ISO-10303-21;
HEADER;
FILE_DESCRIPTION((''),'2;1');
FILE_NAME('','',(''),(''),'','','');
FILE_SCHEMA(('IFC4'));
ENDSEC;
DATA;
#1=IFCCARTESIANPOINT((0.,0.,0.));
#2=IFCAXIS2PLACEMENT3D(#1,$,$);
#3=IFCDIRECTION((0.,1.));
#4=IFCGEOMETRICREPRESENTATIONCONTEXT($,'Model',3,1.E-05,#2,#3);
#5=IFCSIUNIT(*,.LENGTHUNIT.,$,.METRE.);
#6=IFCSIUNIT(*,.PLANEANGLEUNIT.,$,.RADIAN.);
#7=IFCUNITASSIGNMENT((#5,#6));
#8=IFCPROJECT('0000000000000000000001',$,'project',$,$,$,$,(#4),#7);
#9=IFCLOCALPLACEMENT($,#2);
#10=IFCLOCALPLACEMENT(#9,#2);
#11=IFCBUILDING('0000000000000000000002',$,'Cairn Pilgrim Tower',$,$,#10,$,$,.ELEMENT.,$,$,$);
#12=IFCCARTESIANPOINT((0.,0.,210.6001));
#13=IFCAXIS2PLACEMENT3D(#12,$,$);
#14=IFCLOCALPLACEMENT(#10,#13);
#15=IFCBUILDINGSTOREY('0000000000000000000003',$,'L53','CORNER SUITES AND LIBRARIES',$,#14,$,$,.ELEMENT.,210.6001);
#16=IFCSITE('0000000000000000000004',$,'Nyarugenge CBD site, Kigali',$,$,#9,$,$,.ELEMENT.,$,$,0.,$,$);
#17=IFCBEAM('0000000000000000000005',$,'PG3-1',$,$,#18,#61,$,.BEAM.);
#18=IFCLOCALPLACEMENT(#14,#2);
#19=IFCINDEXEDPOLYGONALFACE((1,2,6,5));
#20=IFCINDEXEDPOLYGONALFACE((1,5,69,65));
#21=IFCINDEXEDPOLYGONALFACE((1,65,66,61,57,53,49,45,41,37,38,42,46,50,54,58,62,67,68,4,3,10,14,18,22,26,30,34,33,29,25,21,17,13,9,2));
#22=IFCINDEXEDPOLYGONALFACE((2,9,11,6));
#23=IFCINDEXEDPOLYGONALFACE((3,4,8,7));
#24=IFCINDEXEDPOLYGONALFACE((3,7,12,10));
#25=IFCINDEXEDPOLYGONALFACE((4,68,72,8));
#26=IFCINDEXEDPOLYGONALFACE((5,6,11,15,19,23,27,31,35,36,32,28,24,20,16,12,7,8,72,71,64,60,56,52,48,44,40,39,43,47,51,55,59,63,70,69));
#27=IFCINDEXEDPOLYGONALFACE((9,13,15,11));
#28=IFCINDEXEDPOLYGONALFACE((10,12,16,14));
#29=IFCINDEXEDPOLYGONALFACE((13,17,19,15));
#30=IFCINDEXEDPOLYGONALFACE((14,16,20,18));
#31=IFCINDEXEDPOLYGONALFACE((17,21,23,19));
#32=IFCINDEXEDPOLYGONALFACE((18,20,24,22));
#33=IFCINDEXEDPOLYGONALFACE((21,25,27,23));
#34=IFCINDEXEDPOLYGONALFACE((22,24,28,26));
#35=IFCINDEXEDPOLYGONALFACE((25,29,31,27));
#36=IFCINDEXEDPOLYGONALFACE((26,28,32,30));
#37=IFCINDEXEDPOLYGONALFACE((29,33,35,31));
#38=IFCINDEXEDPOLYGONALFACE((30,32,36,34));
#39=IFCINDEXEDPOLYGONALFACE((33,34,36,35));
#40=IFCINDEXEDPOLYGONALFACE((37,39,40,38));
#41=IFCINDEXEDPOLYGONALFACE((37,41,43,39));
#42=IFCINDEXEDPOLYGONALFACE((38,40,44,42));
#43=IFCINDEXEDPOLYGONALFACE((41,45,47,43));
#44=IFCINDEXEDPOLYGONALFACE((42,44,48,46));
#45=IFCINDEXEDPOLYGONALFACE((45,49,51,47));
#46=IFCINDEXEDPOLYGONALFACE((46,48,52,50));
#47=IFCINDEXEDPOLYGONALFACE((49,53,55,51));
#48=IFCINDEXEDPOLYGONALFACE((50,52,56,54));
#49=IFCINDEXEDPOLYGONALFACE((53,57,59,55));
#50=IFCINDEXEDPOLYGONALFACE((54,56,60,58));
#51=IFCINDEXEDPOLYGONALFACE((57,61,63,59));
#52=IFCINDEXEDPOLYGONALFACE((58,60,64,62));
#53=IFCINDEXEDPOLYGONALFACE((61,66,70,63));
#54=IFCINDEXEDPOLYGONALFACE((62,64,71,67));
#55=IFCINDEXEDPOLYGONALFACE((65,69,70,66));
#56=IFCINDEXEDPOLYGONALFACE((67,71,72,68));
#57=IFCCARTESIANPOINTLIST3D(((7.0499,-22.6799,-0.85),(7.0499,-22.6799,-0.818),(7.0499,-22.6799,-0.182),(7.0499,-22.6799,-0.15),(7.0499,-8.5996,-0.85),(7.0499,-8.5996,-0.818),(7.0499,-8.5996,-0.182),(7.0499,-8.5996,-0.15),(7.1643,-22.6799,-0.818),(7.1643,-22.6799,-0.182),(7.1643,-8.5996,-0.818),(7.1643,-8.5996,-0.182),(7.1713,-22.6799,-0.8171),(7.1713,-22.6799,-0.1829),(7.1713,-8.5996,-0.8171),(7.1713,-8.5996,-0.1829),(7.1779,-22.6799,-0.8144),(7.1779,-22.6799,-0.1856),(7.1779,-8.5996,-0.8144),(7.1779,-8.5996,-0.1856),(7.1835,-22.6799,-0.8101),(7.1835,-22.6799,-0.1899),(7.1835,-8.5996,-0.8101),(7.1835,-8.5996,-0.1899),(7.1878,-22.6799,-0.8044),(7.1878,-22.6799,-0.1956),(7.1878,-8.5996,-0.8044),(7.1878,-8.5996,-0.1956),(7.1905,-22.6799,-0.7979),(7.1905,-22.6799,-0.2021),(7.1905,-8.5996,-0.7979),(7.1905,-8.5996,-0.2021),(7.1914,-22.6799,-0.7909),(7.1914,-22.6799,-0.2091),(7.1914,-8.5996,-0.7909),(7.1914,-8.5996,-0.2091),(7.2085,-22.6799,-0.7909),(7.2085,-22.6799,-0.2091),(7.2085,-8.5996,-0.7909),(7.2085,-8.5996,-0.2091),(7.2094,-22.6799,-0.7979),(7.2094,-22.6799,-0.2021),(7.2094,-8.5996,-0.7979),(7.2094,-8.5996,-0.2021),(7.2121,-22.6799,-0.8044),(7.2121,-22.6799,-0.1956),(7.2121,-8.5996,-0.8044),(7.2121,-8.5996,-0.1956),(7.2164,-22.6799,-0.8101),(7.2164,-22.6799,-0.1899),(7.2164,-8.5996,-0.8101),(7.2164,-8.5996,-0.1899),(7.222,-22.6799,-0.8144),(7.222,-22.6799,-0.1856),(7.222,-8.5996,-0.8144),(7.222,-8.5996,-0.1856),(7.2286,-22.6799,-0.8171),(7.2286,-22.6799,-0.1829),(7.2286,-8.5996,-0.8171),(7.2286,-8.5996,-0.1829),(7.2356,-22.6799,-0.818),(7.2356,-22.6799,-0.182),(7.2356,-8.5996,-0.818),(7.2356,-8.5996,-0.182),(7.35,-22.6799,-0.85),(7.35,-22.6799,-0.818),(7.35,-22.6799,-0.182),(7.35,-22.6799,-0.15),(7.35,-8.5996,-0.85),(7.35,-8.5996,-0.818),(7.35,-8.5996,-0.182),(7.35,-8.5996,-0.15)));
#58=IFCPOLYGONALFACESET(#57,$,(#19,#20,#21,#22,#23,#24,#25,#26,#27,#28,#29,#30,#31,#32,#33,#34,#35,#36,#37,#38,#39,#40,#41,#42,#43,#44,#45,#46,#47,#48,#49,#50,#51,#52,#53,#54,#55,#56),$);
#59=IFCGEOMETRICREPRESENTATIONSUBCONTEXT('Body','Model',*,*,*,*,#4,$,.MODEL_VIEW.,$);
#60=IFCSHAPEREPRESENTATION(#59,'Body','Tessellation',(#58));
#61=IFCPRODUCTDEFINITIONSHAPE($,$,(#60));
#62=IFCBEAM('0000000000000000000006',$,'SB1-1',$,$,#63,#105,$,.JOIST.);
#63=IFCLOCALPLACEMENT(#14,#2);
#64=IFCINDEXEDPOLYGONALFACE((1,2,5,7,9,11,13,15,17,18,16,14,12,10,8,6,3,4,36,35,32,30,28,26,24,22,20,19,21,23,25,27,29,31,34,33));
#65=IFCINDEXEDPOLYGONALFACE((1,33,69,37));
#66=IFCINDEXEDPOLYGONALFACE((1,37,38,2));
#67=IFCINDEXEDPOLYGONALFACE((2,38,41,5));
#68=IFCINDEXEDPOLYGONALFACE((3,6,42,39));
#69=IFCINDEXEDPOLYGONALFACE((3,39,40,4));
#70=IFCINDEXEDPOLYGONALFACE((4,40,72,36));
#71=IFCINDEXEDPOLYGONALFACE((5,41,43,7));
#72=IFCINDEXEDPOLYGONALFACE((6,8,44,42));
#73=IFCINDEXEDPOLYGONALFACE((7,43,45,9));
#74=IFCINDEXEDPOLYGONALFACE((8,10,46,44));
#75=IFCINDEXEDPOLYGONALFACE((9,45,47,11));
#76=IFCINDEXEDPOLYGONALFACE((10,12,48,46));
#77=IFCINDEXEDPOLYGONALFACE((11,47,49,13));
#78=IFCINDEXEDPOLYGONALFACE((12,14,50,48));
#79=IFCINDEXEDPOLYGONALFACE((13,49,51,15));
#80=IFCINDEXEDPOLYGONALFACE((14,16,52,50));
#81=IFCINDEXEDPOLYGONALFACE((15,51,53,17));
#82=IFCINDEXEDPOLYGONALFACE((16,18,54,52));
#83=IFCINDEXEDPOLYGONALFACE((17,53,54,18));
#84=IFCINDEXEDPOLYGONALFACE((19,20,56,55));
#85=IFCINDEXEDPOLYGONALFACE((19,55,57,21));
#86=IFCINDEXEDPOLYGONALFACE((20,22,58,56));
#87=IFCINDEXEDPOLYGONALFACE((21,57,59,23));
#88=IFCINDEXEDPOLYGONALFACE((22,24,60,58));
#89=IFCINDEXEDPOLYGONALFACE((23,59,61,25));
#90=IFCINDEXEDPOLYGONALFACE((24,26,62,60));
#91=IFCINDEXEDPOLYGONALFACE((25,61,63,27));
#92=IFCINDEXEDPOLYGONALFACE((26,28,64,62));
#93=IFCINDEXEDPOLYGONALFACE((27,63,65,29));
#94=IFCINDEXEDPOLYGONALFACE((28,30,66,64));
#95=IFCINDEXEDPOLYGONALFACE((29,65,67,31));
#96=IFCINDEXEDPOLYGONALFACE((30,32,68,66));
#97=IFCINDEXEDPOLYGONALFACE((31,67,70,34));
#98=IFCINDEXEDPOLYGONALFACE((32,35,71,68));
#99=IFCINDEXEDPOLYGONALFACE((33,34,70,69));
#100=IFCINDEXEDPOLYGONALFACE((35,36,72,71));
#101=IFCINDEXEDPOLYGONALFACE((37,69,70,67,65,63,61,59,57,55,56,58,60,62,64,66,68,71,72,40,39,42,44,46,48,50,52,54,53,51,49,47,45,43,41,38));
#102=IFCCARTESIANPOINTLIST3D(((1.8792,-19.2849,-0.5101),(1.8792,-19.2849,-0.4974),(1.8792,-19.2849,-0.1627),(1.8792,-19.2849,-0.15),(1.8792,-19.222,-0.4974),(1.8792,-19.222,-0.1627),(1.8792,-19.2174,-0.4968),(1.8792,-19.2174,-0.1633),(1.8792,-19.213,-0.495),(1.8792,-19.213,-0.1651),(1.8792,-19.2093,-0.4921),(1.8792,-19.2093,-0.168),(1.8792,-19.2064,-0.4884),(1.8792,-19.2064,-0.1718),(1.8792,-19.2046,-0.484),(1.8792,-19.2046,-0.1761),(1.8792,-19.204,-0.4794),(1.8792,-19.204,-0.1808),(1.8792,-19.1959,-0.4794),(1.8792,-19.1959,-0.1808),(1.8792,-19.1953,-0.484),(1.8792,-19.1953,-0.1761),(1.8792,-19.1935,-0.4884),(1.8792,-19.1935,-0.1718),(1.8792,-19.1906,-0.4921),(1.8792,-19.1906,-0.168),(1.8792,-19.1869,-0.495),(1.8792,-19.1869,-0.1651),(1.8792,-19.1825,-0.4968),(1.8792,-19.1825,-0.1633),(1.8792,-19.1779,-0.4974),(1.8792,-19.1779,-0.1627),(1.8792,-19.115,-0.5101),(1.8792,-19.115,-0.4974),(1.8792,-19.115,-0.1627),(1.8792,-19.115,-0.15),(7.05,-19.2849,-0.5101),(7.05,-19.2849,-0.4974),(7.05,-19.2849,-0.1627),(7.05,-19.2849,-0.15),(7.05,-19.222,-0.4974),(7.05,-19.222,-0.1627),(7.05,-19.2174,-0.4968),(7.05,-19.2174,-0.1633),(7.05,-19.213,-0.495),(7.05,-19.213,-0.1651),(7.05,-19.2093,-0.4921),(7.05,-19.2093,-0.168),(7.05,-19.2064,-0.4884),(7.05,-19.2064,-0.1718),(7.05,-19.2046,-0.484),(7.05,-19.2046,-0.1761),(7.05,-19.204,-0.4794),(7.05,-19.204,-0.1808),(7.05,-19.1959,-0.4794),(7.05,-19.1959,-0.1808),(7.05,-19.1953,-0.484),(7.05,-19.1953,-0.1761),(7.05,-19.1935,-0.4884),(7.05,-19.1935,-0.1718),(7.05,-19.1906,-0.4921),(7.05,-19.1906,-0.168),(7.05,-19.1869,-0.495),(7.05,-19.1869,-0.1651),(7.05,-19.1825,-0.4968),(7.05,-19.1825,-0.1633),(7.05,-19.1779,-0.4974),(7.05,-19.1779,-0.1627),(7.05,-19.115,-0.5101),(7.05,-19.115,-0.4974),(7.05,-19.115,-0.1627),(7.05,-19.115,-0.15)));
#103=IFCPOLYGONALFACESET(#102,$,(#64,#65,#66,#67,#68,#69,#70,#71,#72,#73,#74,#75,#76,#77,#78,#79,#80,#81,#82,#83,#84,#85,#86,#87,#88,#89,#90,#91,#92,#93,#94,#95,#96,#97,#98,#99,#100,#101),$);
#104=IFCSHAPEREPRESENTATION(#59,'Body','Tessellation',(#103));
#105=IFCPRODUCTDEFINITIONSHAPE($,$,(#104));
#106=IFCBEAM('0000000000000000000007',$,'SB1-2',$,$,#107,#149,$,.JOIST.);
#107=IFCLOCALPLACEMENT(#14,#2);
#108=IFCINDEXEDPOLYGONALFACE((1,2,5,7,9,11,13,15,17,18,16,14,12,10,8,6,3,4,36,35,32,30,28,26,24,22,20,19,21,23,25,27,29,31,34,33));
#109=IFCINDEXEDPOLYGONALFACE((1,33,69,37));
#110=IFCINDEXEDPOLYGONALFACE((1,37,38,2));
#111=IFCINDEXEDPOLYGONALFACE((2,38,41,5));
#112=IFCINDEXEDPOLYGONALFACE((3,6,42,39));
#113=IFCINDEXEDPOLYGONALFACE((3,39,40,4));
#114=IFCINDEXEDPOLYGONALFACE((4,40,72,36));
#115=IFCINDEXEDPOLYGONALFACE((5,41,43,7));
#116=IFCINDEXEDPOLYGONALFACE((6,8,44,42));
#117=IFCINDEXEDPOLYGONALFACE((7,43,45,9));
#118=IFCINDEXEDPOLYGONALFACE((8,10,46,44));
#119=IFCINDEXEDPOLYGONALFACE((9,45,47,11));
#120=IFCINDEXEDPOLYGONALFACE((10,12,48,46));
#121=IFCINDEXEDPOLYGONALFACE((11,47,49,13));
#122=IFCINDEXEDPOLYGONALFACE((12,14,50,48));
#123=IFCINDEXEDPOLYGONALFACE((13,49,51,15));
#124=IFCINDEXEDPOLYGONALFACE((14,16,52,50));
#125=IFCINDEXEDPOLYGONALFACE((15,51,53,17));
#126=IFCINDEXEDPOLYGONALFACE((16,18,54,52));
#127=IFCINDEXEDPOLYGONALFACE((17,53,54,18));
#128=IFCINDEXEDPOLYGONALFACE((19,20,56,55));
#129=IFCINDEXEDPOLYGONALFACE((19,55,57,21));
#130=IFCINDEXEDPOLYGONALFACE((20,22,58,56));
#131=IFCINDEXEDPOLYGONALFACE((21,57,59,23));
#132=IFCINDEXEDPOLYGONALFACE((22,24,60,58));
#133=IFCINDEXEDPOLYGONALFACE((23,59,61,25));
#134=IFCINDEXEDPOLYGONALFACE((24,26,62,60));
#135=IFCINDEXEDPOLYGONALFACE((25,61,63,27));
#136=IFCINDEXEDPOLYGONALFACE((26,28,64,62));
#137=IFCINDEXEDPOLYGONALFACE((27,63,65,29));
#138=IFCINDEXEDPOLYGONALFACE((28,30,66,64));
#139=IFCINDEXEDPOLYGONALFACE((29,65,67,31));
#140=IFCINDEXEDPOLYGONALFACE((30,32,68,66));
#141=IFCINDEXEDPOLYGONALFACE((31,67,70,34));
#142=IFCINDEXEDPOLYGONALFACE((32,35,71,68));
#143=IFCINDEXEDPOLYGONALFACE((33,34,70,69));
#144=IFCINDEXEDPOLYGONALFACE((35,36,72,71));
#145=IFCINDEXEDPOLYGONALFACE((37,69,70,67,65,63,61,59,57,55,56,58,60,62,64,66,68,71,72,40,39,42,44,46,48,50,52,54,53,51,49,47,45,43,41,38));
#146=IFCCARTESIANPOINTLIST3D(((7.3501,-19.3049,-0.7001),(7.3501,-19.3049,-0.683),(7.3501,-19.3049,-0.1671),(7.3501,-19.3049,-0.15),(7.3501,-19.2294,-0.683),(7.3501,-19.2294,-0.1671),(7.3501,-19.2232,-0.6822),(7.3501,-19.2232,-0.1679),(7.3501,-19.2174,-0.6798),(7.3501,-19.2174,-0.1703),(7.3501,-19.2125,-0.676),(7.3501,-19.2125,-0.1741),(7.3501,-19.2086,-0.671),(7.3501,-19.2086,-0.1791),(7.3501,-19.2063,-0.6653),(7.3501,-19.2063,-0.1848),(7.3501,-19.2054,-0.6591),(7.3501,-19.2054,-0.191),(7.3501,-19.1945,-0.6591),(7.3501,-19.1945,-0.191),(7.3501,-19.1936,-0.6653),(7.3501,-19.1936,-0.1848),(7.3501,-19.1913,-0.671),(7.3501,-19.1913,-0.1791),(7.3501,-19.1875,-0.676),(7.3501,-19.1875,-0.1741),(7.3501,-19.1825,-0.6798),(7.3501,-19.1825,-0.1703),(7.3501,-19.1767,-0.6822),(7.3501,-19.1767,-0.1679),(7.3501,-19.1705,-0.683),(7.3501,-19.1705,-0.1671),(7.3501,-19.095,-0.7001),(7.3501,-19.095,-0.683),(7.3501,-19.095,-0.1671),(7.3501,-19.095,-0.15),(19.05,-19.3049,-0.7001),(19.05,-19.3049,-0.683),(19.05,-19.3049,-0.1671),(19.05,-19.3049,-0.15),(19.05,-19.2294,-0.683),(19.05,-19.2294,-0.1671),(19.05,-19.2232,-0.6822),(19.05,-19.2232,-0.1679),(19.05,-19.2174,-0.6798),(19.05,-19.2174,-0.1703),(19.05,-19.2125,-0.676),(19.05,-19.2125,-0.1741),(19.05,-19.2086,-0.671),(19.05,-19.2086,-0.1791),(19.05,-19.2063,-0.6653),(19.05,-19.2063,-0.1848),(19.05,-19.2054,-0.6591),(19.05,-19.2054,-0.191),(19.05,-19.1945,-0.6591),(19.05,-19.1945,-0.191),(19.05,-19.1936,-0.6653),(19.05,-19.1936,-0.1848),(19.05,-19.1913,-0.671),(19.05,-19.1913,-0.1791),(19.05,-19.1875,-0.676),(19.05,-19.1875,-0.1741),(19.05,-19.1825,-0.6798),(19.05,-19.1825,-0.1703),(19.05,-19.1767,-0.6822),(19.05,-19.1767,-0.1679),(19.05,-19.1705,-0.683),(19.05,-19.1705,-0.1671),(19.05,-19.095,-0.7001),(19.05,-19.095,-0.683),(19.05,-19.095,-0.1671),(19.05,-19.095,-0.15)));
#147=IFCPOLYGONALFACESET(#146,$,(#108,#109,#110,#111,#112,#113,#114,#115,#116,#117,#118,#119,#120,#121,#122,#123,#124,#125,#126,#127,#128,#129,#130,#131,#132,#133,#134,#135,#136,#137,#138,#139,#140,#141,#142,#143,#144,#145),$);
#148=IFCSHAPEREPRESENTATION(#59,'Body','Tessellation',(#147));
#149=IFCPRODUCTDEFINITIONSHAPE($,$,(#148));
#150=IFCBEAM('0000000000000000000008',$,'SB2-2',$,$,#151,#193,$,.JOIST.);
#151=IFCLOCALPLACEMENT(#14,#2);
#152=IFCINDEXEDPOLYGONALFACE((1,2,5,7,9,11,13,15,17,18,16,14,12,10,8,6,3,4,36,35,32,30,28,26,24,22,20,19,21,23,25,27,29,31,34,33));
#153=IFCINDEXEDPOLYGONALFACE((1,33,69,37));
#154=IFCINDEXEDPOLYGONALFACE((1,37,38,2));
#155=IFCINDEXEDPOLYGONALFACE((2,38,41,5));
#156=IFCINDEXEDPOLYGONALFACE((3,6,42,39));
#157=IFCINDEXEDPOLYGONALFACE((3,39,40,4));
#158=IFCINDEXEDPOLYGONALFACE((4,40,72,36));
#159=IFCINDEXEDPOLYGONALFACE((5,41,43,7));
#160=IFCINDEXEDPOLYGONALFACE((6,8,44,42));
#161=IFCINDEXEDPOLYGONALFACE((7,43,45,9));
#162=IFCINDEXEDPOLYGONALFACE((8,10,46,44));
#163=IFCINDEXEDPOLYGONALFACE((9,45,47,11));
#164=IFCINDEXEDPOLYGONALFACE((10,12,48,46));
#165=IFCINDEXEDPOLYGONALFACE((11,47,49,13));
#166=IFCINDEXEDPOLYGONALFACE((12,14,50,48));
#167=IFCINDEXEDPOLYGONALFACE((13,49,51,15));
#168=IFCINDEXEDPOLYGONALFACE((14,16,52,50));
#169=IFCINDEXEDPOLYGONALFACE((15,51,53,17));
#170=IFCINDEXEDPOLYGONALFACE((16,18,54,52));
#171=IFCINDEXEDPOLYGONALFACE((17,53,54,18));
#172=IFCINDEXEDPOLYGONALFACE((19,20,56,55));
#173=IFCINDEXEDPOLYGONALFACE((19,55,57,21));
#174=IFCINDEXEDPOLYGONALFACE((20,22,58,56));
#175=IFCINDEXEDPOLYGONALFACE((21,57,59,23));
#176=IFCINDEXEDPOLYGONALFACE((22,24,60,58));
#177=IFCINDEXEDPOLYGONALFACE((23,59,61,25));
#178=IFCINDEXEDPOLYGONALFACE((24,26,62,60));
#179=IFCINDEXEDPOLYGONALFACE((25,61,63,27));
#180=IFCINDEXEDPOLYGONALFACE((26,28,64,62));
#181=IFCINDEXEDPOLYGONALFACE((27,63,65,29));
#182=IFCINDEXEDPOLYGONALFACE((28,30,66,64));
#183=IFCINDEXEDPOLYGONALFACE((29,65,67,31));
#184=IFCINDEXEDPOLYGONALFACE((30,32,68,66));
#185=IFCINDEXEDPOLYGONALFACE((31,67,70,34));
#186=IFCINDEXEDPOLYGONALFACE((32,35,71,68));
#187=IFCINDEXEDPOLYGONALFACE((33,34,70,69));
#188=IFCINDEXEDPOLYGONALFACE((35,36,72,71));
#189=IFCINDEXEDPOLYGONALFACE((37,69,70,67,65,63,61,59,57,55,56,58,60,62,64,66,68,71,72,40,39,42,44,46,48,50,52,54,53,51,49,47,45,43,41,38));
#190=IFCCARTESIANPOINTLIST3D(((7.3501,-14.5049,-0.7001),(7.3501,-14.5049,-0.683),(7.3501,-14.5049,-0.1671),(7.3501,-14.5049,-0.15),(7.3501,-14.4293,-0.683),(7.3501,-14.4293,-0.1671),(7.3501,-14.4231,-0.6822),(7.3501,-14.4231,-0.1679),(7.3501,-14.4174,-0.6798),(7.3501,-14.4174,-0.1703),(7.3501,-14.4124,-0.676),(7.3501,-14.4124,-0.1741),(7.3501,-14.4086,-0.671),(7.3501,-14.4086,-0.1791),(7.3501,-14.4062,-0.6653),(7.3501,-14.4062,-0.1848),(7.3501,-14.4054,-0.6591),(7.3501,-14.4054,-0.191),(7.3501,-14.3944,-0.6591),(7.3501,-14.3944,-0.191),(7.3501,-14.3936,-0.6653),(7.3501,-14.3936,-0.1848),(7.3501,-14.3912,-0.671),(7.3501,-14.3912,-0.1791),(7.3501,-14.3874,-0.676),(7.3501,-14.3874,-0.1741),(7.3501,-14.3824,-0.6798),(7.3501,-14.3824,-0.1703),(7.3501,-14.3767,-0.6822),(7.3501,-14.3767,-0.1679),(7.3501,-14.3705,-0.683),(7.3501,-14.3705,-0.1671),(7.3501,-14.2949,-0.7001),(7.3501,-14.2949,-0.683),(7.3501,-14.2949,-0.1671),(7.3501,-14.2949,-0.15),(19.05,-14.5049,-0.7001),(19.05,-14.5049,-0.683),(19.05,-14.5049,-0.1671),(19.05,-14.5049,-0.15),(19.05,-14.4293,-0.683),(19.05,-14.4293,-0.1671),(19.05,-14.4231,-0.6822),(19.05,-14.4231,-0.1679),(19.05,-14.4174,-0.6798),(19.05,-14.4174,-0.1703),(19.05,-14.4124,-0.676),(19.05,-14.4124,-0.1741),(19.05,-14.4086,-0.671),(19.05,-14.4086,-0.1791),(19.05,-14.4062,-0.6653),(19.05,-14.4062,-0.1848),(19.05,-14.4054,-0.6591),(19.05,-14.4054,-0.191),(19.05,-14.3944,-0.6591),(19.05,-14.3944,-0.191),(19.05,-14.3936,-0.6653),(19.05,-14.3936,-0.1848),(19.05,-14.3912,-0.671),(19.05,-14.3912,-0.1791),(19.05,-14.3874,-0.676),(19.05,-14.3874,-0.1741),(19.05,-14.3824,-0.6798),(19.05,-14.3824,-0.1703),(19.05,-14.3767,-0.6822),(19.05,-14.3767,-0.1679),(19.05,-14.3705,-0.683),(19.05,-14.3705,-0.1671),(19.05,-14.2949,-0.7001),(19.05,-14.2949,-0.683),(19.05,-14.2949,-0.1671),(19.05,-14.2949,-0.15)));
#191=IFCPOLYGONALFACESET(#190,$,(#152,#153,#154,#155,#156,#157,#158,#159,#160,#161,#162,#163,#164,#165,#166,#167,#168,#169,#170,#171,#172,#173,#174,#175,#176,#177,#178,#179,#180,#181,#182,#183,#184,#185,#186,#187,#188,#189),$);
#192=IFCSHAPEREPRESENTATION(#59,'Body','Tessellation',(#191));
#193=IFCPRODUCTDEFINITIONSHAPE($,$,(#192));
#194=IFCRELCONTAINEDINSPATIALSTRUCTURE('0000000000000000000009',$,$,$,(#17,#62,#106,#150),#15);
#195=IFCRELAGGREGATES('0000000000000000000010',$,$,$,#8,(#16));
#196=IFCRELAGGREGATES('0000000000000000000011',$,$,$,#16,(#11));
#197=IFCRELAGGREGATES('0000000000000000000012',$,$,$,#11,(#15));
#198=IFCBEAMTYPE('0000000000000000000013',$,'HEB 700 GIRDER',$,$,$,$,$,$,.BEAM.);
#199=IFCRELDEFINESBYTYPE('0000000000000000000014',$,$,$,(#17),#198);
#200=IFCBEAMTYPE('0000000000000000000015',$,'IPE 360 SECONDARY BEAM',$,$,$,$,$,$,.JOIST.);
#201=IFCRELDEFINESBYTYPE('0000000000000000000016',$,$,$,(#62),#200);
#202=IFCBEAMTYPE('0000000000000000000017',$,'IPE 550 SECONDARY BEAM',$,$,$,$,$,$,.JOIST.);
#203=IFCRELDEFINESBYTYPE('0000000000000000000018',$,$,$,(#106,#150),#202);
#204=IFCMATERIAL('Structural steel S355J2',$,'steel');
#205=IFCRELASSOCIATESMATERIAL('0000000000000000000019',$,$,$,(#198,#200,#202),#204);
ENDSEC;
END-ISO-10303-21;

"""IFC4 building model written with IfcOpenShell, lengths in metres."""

from ifc_helpers import new_model, si_unit, direction, frame, origin, origin_2d, place, context, subcontext, project, spatial, i_section, extrude, material, material_profile, profile_set, type_object, element, save


model = new_model("IFC4")

# Units and contexts
model_context = context("Model", 3, precision=1e-05, world=origin(), true_north=direction((0.0, 1.0)))
body_context = subcontext(model_context, "Body", "Model", "MODEL_VIEW")
ifc_project = project(units=[si_unit("LENGTHUNIT", "METRE"), si_unit("PLANEANGLEUNIT", "RADIAN")], contexts=[model_context])

# Site, building, storey
site_placement = place(None, origin())
site = spatial("IfcSite", under=ifc_project, at=site_placement, Name="Nyarugenge CBD site, Kigali", CompositionType="ELEMENT", RefElevation=0.0)
building_placement = place(site_placement, origin())
building = spatial("IfcBuilding", under=site, at=building_placement, Name="Cairn Pilgrim Tower", CompositionType="ELEMENT")
storey_placement = place(building_placement, frame((0.0, 0.0, 210.6001)))
storey = spatial("IfcBuildingStorey", under=building, at=storey_placement, Name="L53", Description="CORNER SUITES AND LIBRARIES", CompositionType="ELEMENT", Elevation=210.6001)

# Beams
ifc_material_1 = material(Name="Structural steel S355J2", Category="steel")
ifc_material_profile_1 = material_profile(ifc_material_1, i_section(OverallWidth=0.3, OverallDepth=0.7, WebThickness=0.0171, FlangeThickness=0.032, FilletRadius=0.0271, at=origin_2d()), Name="HEB 700")
ifc_profile_set_1 = profile_set([ifc_material_profile_1], Name="Structural steel S355J2")
beam_type_1 = type_object("IfcBeamType", Name="HEB 700 GIRDER", PredefinedType="BEAM", material=ifc_profile_set_1)
beam_1_placement = place(storey_placement, frame((7.2, -22.6799, -0.5), z_axis=(0.0, 1.0, 0.0), x_axis=(-1.0, 0.0, 0.0)))
element("IfcBeam", 1, at=beam_1_placement, inside=storey, type_object=beam_type_1, Name="PG3-1", PredefinedType="BEAM", context=body_context, shape_type="SweptSolid", body=[
    extrude(i_section(OverallWidth=0.3, OverallDepth=0.7, WebThickness=0.0171, FlangeThickness=0.032, FilletRadius=0.0271, at=origin_2d()), origin(), (0.0, 0.0, 1.0), 14.0803),
])
ifc_material_profile_2 = material_profile(ifc_material_1, i_section(OverallWidth=0.1699, OverallDepth=0.3601, WebThickness=0.0081, FlangeThickness=0.0127, FilletRadius=0.0181, at=origin_2d()), Name="IPE 360")
ifc_profile_set_2 = profile_set([ifc_material_profile_2], Name="Structural steel S355J2")
beam_type_2 = type_object("IfcBeamType", Name="IPE 360 SECONDARY BEAM", PredefinedType="JOIST", material=ifc_profile_set_2)
beam_2_placement = place(storey_placement, frame((1.8792, -19.2, -0.3301), z_axis=(1.0, 0.0, 0.0), x_axis=(0.0, 1.0, 0.0)))
element("IfcBeam", 2, at=beam_2_placement, inside=storey, type_object=beam_type_2, Name="SB1-1", PredefinedType="JOIST", context=body_context, shape_type="SweptSolid", body=[
    extrude(i_section(OverallWidth=0.1699, OverallDepth=0.3601, WebThickness=0.0081, FlangeThickness=0.0127, FilletRadius=0.0181, at=origin_2d()), origin(), (0.0, 0.0, 1.0), 5.1709),
])
ifc_material_profile_3 = material_profile(ifc_material_1, i_section(OverallWidth=0.21, OverallDepth=0.55, WebThickness=0.011, FlangeThickness=0.0171, FilletRadius=0.0239, at=origin_2d()), Name="IPE 550")
ifc_profile_set_3 = profile_set([ifc_material_profile_3], Name="Structural steel S355J2")
beam_type_3 = type_object("IfcBeamType", Name="IPE 550 SECONDARY BEAM", PredefinedType="JOIST", material=ifc_profile_set_3)
for number, where, z_axis, x_axis, name in (
    (3, (7.3501, -19.2, -0.425), (1.0, 0.0, 0.0), (0.0, 1.0, 0.0), "SB1-2"),
    (4, (7.3501, -14.3999, -0.425), (1.0, 0.0, 0.0), (0.0, 1.0, 0.0), "SB2-2"),
):
    element("IfcBeam", number, at=place(storey_placement, frame(where, z_axis=z_axis, x_axis=x_axis)), inside=storey, type_object=beam_type_3, Name=name, PredefinedType="JOIST", context=body_context, shape_type="SweptSolid", body=[
        extrude(i_section(OverallWidth=0.21, OverallDepth=0.55, WebThickness=0.011, FlangeThickness=0.0171, FilletRadius=0.0239, at=origin_2d()), origin(), (0.0, 0.0, 1.0), 11.7),
    ])

save(model, "model.ifc")
